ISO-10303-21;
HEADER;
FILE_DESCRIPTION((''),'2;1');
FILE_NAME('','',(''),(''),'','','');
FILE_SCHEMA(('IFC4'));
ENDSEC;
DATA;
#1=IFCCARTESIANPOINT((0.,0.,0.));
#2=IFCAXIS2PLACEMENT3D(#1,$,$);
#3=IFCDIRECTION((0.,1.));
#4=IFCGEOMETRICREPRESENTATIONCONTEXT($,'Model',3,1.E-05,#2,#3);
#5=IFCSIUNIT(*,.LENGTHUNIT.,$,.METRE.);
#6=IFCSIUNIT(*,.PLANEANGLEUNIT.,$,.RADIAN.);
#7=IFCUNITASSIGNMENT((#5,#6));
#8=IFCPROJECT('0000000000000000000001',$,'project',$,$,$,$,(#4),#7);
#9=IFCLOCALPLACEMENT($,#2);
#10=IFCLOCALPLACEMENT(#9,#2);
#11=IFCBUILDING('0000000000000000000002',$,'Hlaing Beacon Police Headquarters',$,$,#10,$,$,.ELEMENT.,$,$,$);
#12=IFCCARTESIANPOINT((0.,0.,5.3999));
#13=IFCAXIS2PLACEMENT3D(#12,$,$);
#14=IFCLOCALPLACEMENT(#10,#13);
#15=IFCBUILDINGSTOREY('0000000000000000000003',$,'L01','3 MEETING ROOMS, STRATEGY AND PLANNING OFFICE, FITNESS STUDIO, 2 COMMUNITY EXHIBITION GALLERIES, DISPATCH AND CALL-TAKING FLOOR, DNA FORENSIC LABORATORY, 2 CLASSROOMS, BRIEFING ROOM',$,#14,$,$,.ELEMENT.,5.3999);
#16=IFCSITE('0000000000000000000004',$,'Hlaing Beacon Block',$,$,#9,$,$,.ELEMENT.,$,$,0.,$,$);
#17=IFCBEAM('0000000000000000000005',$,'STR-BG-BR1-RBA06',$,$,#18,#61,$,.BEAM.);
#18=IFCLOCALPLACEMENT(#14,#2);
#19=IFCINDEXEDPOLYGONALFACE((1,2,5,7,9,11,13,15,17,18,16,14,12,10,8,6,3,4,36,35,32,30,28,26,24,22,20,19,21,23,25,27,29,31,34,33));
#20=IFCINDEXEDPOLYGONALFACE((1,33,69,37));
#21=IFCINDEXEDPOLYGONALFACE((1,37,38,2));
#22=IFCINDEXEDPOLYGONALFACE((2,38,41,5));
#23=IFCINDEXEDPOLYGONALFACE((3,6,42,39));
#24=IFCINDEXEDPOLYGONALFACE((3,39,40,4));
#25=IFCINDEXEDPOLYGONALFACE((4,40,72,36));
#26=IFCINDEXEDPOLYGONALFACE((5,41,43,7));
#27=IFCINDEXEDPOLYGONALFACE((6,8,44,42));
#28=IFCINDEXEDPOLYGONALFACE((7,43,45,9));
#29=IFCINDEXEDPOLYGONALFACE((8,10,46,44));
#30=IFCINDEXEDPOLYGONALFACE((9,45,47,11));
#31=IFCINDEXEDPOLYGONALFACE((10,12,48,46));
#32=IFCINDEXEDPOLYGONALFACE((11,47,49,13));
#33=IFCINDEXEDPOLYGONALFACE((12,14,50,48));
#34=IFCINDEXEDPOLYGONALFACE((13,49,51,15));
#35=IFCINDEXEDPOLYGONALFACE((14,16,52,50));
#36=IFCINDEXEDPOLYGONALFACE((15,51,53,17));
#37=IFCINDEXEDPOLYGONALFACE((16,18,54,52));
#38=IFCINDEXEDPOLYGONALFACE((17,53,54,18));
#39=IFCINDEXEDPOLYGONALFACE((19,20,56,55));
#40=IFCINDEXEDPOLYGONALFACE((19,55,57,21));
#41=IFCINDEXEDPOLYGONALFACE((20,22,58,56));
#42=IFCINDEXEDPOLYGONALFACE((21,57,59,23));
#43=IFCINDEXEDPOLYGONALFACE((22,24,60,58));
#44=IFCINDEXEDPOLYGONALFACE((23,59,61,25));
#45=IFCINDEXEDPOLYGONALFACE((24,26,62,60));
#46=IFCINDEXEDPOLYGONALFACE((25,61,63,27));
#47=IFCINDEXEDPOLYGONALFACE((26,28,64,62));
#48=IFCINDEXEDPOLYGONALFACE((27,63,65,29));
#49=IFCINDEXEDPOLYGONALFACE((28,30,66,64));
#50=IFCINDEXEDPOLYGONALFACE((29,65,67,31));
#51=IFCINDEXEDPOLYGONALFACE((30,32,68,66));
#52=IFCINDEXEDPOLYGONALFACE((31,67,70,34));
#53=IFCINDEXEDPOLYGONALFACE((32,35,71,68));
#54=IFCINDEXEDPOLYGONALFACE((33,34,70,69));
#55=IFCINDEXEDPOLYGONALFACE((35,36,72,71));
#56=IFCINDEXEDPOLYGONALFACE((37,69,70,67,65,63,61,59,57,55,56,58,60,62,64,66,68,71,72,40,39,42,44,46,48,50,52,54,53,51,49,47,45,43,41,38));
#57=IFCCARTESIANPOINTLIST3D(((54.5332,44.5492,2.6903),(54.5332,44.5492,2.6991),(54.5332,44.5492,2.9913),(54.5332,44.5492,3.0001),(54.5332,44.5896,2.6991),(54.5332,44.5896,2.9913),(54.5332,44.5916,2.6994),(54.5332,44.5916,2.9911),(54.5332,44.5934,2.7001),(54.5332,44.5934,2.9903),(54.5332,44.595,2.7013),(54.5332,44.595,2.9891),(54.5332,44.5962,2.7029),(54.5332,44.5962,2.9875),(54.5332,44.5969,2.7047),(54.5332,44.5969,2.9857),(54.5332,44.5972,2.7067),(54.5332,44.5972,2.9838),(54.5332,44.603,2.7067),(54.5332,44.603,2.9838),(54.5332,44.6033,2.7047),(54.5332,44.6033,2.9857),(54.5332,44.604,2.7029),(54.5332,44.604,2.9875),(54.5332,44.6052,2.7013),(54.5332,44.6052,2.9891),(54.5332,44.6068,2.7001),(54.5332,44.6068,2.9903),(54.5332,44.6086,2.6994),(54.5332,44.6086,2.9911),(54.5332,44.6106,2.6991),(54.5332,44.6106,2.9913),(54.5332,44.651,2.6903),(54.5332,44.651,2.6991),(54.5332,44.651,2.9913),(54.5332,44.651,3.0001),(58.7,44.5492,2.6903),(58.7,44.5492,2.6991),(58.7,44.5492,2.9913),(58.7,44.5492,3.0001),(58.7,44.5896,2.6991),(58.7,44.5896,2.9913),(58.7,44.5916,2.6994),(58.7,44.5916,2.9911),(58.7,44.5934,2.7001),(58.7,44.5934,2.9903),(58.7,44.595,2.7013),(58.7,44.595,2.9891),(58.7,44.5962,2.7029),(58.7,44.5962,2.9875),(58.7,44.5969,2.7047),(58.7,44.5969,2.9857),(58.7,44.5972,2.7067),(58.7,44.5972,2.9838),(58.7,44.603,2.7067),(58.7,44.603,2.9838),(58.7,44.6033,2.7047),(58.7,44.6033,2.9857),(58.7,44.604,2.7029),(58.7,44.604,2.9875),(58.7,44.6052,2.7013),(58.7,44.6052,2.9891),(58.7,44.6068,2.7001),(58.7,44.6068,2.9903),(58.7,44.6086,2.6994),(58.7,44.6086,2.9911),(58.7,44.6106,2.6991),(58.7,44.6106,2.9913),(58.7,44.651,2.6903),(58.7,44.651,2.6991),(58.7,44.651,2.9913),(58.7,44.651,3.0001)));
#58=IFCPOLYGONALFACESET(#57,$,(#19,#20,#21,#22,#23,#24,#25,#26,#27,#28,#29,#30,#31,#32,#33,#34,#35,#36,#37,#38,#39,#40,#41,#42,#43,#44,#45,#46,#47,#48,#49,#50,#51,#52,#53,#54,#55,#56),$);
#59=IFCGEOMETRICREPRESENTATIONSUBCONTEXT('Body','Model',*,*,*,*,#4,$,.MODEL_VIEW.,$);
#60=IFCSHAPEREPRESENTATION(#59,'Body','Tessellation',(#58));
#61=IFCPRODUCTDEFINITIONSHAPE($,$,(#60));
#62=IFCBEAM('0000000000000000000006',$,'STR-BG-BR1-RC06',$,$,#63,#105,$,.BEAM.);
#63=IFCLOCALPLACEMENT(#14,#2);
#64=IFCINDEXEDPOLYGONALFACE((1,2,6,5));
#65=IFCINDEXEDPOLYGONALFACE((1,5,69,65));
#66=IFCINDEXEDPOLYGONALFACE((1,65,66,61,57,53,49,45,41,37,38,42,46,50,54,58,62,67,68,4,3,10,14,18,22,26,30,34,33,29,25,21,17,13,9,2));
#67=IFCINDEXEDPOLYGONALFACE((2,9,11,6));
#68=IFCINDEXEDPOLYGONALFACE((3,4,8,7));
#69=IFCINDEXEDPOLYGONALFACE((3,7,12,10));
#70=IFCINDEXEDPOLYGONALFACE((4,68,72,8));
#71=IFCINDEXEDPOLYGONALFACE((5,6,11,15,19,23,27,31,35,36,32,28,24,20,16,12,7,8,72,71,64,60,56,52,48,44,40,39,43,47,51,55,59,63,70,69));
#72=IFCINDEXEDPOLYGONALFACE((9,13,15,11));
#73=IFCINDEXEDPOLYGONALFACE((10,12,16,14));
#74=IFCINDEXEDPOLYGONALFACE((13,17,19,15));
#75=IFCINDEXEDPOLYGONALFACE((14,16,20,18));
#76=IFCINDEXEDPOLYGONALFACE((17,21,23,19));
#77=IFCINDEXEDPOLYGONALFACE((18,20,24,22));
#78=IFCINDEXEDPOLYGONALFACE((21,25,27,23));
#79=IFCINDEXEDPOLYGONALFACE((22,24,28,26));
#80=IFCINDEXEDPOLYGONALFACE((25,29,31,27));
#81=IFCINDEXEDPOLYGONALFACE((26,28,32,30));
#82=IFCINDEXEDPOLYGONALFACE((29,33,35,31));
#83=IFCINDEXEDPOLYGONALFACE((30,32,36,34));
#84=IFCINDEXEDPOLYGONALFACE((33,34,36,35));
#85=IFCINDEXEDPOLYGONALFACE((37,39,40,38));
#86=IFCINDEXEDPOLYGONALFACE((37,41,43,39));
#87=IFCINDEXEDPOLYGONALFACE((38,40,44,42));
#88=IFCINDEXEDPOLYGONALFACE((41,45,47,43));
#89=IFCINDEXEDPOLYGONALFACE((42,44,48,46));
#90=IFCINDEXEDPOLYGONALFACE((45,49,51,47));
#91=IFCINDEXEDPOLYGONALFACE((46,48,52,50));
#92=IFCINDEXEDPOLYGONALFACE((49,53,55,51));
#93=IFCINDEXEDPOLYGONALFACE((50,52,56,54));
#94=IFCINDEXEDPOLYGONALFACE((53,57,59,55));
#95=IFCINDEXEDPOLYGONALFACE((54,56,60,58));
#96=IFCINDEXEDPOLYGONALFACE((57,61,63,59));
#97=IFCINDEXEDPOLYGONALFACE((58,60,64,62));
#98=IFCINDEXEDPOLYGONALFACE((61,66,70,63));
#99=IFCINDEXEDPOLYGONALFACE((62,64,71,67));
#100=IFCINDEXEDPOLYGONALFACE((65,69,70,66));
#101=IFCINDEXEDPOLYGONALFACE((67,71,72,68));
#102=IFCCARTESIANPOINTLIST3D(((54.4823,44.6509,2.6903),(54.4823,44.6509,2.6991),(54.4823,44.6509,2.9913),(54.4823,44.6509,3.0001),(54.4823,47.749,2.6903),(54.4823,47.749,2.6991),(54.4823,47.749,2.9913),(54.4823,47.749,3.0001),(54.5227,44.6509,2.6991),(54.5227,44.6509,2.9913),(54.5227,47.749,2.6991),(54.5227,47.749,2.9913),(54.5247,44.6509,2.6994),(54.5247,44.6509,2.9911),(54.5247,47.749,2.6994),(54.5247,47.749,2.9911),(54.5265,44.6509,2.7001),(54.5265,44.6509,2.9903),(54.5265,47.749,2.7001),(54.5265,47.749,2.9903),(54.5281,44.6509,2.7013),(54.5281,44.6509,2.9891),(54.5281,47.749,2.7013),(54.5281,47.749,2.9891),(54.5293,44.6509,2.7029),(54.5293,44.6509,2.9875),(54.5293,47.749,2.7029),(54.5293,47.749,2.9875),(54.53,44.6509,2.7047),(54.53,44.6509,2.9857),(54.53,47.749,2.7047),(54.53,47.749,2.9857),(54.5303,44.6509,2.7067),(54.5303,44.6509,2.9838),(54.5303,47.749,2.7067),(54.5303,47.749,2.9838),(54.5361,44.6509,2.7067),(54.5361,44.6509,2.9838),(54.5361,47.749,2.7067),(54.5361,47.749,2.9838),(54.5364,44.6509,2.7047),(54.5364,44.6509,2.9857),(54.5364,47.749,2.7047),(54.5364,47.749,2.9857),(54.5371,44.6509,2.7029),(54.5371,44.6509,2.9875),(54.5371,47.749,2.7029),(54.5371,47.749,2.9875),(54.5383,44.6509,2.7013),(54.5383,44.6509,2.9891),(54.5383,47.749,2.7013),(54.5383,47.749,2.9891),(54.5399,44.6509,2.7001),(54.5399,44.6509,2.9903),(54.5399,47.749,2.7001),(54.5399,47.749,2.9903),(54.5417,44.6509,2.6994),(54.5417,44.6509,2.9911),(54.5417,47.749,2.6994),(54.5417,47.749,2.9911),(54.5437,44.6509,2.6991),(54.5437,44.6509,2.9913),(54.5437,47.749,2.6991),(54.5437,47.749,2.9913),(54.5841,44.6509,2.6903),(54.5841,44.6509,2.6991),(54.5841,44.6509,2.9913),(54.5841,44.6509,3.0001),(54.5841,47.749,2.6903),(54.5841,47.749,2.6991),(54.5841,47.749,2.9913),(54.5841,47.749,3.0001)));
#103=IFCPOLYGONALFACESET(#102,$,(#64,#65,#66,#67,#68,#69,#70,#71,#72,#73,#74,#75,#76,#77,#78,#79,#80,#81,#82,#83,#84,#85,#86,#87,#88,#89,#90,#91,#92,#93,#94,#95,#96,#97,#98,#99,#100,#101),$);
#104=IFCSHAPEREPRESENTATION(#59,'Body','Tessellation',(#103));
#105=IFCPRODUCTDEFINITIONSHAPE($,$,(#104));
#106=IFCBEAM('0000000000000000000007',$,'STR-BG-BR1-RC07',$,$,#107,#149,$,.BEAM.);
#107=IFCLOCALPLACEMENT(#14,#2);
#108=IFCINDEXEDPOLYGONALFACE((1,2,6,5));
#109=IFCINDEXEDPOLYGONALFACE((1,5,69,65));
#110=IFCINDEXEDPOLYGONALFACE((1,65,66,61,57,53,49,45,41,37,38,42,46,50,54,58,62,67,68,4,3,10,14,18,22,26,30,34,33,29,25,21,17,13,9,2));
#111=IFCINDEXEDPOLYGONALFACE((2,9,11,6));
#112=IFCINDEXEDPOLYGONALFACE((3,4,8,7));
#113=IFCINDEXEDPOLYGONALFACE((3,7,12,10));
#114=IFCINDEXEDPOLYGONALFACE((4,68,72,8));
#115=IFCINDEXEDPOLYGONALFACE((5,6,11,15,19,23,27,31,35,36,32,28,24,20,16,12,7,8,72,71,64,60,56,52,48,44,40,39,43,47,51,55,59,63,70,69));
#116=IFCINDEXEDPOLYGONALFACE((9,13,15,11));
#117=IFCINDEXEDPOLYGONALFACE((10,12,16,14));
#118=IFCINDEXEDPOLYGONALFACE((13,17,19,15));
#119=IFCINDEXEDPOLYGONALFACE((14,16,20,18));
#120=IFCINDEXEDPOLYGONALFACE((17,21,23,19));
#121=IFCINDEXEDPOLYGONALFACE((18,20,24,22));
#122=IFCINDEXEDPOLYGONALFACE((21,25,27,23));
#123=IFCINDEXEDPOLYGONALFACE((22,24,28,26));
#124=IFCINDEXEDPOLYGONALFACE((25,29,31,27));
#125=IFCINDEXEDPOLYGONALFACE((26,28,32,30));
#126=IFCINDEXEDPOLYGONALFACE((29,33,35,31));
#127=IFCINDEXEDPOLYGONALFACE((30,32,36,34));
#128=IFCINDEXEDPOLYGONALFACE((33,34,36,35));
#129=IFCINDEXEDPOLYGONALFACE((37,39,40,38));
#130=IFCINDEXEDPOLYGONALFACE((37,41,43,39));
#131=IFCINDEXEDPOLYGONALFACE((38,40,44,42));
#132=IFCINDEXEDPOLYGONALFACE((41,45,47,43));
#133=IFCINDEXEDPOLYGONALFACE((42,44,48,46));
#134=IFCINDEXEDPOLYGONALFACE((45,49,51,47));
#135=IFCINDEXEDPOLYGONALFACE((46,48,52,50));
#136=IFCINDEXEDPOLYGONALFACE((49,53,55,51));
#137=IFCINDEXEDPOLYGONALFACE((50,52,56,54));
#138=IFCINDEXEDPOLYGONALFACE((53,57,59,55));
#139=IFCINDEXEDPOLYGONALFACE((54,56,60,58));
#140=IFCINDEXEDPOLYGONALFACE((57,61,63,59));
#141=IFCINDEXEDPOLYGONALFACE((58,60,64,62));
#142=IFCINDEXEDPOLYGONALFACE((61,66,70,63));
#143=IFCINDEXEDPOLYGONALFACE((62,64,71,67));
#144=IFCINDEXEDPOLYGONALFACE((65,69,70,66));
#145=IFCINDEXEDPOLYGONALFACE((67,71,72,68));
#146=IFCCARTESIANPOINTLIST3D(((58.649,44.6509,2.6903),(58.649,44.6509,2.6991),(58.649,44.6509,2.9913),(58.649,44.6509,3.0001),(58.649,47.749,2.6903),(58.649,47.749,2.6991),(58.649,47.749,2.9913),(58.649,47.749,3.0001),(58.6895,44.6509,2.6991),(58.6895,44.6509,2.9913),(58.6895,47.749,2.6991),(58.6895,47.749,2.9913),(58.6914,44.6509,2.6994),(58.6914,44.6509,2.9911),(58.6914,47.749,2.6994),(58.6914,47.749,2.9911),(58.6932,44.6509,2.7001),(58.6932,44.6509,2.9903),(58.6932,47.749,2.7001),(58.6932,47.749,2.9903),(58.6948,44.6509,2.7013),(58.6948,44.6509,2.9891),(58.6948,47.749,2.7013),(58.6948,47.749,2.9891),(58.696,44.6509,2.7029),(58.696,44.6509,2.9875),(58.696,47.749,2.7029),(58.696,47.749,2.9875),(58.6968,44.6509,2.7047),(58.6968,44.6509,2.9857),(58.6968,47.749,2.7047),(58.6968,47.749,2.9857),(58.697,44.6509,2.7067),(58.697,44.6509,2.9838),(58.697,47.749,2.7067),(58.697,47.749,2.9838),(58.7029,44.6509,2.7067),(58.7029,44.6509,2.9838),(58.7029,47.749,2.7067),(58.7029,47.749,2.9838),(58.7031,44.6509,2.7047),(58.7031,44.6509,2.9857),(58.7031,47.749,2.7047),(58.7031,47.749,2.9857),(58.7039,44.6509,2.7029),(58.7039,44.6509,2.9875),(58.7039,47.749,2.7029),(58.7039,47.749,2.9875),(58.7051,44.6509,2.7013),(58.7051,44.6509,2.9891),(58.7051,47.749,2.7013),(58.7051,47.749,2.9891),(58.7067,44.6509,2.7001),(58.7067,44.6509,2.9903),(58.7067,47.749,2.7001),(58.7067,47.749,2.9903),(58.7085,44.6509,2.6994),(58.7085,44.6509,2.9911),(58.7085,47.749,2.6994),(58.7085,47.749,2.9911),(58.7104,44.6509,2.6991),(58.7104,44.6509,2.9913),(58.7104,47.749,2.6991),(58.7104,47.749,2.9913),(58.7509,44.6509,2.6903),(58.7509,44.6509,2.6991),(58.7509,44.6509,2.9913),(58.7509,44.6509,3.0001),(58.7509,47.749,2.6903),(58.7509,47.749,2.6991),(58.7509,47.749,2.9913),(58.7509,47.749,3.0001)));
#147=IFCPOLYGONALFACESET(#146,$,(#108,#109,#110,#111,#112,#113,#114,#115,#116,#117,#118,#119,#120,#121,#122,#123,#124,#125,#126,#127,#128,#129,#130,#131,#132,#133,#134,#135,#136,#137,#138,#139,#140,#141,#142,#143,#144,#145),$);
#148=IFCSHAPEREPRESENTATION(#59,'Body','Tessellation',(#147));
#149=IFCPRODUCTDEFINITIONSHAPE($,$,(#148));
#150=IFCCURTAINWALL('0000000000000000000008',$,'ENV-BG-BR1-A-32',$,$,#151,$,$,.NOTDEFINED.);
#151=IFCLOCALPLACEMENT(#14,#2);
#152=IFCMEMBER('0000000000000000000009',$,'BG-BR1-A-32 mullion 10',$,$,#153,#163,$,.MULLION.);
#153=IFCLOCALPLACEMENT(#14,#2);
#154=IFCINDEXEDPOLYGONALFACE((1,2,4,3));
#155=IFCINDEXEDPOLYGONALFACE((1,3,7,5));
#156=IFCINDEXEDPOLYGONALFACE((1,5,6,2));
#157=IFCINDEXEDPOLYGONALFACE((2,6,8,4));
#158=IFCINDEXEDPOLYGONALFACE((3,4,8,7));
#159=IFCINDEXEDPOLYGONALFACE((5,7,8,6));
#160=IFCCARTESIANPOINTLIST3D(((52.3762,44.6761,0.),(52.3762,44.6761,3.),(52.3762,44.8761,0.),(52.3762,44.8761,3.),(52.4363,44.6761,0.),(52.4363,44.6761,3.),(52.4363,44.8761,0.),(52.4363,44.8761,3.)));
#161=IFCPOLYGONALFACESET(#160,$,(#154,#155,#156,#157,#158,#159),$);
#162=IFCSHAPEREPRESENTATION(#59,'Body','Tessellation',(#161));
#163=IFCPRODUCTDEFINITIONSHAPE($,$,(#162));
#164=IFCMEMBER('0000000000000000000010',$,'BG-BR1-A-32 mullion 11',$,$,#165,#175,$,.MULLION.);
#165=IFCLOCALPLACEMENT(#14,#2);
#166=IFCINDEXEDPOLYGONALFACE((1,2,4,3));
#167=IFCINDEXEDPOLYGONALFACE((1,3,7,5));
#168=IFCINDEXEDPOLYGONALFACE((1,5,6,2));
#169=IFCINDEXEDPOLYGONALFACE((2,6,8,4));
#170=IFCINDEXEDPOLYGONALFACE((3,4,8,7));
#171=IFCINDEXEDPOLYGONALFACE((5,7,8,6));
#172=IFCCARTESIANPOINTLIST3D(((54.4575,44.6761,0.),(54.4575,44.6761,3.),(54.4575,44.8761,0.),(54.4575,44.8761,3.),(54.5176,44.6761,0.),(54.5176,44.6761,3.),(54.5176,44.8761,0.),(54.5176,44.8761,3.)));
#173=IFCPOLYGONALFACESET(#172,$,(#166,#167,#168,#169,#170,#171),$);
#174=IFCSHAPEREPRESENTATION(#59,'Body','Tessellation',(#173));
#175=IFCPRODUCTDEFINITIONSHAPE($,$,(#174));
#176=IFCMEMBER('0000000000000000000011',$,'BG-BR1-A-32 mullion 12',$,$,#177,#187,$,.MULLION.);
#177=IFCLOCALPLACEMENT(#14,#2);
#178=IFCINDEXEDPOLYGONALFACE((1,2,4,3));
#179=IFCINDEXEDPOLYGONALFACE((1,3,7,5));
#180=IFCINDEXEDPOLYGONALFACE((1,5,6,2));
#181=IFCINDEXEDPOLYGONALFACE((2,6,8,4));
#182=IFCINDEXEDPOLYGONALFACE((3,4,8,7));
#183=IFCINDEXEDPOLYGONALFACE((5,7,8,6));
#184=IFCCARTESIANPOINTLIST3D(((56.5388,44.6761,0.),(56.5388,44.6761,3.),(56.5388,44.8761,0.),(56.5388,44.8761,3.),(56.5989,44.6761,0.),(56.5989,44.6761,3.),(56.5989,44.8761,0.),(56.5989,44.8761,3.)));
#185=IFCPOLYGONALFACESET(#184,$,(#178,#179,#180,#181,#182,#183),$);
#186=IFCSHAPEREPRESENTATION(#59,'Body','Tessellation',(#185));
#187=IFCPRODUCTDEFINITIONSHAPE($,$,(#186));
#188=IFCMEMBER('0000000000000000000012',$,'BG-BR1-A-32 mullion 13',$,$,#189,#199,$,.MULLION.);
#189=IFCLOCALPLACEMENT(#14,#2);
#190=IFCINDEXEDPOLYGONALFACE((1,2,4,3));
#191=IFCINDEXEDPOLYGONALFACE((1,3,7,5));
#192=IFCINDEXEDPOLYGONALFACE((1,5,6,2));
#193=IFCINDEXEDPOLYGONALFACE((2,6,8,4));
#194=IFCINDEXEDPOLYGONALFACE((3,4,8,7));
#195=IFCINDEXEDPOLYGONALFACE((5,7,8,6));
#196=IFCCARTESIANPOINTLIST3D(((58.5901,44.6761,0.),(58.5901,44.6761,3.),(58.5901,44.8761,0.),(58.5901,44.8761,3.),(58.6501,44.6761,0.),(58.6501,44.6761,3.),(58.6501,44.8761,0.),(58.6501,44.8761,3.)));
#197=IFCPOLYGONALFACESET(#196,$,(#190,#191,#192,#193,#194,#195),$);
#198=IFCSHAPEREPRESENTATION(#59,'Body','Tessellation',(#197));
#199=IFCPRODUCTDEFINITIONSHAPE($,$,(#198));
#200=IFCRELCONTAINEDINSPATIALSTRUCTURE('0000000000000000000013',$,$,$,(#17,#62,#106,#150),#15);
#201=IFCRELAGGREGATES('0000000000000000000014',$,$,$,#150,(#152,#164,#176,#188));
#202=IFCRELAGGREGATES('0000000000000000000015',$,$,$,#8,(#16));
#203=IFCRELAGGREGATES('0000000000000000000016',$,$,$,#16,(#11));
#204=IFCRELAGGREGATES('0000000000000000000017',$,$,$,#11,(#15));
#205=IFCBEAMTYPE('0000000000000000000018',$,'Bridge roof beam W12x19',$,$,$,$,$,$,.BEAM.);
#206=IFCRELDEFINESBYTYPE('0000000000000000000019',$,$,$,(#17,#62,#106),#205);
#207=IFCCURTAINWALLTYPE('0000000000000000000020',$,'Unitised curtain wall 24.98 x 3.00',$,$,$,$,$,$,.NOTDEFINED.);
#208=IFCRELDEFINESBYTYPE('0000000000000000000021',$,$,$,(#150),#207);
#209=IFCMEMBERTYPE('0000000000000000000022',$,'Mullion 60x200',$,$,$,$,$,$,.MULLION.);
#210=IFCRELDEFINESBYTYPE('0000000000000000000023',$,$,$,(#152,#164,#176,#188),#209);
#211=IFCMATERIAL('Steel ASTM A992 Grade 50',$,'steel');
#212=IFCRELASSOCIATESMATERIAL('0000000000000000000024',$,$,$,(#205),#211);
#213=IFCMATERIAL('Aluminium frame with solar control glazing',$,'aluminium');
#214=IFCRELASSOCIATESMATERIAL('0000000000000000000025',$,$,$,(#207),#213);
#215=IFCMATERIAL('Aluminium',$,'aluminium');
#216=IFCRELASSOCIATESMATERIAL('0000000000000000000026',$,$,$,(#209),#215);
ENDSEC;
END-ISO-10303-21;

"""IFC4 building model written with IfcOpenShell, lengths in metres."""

from ifc_helpers import new_model, si_unit, direction, frame, origin, origin_2d, place, context, subcontext, project, spatial, rectangle, i_section, extrude, material, material_profile, profile_set, type_object, element, aggregate, save


model = new_model("IFC4")

# Units and contexts
model_context = context("Model", 3, precision=1e-05, world=origin(), true_north=direction((0.0, 1.0)))
body_context = subcontext(model_context, "Body", "Model", "MODEL_VIEW")
ifc_project = project(units=[si_unit("LENGTHUNIT", "METRE"), si_unit("PLANEANGLEUNIT", "RADIAN")], contexts=[model_context])

# Site, building, storey
site_placement = place(None, origin())
site = spatial("IfcSite", under=ifc_project, at=site_placement, Name="Hlaing Beacon Block", CompositionType="ELEMENT", RefElevation=0.0)
building_placement = place(site_placement, origin())
building = spatial("IfcBuilding", under=site, at=building_placement, Name="Hlaing Beacon Police Headquarters", CompositionType="ELEMENT")
storey_placement = place(building_placement, frame((0.0, 0.0, 5.3999)))
storey = spatial("IfcBuildingStorey", under=building, at=storey_placement, Name="L01", Description="3 MEETING ROOMS, STRATEGY AND PLANNING OFFICE, FITNESS STUDIO, 2 COMMUNITY EXHIBITION GALLERIES, DISPATCH AND CALL-TAKING FLOOR, DNA FORENSIC LABORATORY, 2 CLASSROOMS, BRIEFING ROOM", CompositionType="ELEMENT", Elevation=5.3999)

# Beams
ifc_material_1 = material(Name="Steel ASTM A992 Grade 50", Category="steel")
ifc_material_profile_1 = material_profile(ifc_material_1, i_section(OverallWidth=0.1018, OverallDepth=0.3098, WebThickness=0.0059, FlangeThickness=0.0088, FilletRadius=0.0076, at=origin_2d()), Name="W12x19")
ifc_profile_set_1 = profile_set([ifc_material_profile_1], Name="Steel ASTM A992 Grade 50")
beam_type_1 = type_object("IfcBeamType", Name="Bridge roof beam W12x19", PredefinedType="BEAM", material=ifc_profile_set_1)
beam_placement = place(storey_placement, frame((54.5332, 44.6001, 2.8452), z_axis=(1.0, 0.0, 0.0), x_axis=(0.0, 1.0, 0.0)))
element("IfcBeam", 1, at=beam_placement, inside=storey, type_object=beam_type_1, Name="STR-BG-BR1-RBA06", PredefinedType="BEAM", context=body_context, shape_type="SweptSolid", body=[
    extrude(i_section(OverallWidth=0.1018, OverallDepth=0.3098, WebThickness=0.0059, FlangeThickness=0.0088, FilletRadius=0.0076, at=origin_2d()), origin(), (0.0, 0.0, 1.0), 4.1667),
])
for number, where, z_axis, x_axis, name in (
    (2, (54.5332, 44.6509, 2.8452), (0.0, 1.0, 0.0), (-1.0, 0.0, 0.0), "STR-BG-BR1-RC06"),
    (3, (58.7, 44.6509, 2.8452), (0.0, 1.0, 0.0), (-1.0, 0.0, 0.0), "STR-BG-BR1-RC07"),
):
    element("IfcBeam", number, at=place(storey_placement, frame(where, z_axis=z_axis, x_axis=x_axis)), inside=storey, type_object=beam_type_1, Name=name, PredefinedType="BEAM", context=body_context, shape_type="SweptSolid", body=[
        extrude(i_section(OverallWidth=0.1018, OverallDepth=0.3098, WebThickness=0.0059, FlangeThickness=0.0088, FilletRadius=0.0076, at=origin_2d()), origin(), (0.0, 0.0, 1.0), 3.0981),
    ])

# Curtain wall, members
ifc_material_2 = material(Name="Aluminium frame with solar control glazing", Category="aluminium")
curtain_wall_type = type_object("IfcCurtainWallType", Name="Unitised curtain wall 24.98 x 3.00", PredefinedType="NOTDEFINED", material=ifc_material_2)
curtain_wall_1_placement = place(storey_placement, origin())
curtain_wall_1 = element("IfcCurtainWall", 4, at=curtain_wall_1_placement, inside=storey, type_object=curtain_wall_type, Name="ENV-BG-BR1-A-32", PredefinedType="NOTDEFINED")
ifc_material_3 = material(Name="Aluminium", Category="aluminium")
ifc_material_profile_2 = material_profile(ifc_material_3, rectangle(XDim=0.2, YDim=0.0601, at=origin_2d()), Name="Mullion 60x200")
ifc_profile_set_2 = profile_set([ifc_material_profile_2], Name="Aluminium")
member_type_1 = type_object("IfcMemberType", Name="Mullion 60x200", PredefinedType="MULLION", material=ifc_profile_set_2)
member_1_placement = place(storey_placement, frame((52.4062, 44.7761, 0.0), z_axis=(0.0, 0.0, 1.0), x_axis=(0.0, 1.0, 0.0)))
member_1 = element("IfcMember", 5, at=member_1_placement, type_object=member_type_1, Name="BG-BR1-A-32 mullion 10", PredefinedType="MULLION", context=body_context, shape_type="SweptSolid", body=[
    extrude(rectangle(XDim=0.2, YDim=0.0601, at=origin_2d()), origin(), (0.0, 0.0, 1.0), 3.0),
])
member_2_placement = place(storey_placement, frame((54.4875, 44.7761, 0.0), z_axis=(0.0, 0.0, 1.0), x_axis=(0.0, 1.0, 0.0)))
member_2 = element("IfcMember", 6, at=member_2_placement, type_object=member_type_1, Name="BG-BR1-A-32 mullion 11", PredefinedType="MULLION", context=body_context, shape_type="SweptSolid", body=[
    extrude(rectangle(XDim=0.2, YDim=0.0601, at=origin_2d()), origin(), (0.0, 0.0, 1.0), 3.0),
])
member_3_placement = place(storey_placement, frame((56.5688, 44.7761, 0.0), z_axis=(0.0, 0.0, 1.0), x_axis=(0.0, 1.0, 0.0)))
member_3 = element("IfcMember", 7, at=member_3_placement, type_object=member_type_1, Name="BG-BR1-A-32 mullion 12", PredefinedType="MULLION", context=body_context, shape_type="SweptSolid", body=[
    extrude(rectangle(XDim=0.2, YDim=0.0601, at=origin_2d()), origin(), (0.0, 0.0, 1.0), 3.0),
])
member_4_placement = place(storey_placement, frame((58.6201, 44.7761, 0.0), z_axis=(0.0, 0.0, 1.0), x_axis=(0.0, 1.0, 0.0)))
member_4 = element("IfcMember", 8, at=member_4_placement, type_object=member_type_1, Name="BG-BR1-A-32 mullion 13", PredefinedType="MULLION", context=body_context, shape_type="SweptSolid", body=[
    extrude(rectangle(XDim=0.2, YDim=0.0601, at=origin_2d()), origin(), (0.0, 0.0, 1.0), 3.0),
])

aggregate(curtain_wall_1, [member_1, member_2, member_3, member_4])

save(model, "model.ifc")
